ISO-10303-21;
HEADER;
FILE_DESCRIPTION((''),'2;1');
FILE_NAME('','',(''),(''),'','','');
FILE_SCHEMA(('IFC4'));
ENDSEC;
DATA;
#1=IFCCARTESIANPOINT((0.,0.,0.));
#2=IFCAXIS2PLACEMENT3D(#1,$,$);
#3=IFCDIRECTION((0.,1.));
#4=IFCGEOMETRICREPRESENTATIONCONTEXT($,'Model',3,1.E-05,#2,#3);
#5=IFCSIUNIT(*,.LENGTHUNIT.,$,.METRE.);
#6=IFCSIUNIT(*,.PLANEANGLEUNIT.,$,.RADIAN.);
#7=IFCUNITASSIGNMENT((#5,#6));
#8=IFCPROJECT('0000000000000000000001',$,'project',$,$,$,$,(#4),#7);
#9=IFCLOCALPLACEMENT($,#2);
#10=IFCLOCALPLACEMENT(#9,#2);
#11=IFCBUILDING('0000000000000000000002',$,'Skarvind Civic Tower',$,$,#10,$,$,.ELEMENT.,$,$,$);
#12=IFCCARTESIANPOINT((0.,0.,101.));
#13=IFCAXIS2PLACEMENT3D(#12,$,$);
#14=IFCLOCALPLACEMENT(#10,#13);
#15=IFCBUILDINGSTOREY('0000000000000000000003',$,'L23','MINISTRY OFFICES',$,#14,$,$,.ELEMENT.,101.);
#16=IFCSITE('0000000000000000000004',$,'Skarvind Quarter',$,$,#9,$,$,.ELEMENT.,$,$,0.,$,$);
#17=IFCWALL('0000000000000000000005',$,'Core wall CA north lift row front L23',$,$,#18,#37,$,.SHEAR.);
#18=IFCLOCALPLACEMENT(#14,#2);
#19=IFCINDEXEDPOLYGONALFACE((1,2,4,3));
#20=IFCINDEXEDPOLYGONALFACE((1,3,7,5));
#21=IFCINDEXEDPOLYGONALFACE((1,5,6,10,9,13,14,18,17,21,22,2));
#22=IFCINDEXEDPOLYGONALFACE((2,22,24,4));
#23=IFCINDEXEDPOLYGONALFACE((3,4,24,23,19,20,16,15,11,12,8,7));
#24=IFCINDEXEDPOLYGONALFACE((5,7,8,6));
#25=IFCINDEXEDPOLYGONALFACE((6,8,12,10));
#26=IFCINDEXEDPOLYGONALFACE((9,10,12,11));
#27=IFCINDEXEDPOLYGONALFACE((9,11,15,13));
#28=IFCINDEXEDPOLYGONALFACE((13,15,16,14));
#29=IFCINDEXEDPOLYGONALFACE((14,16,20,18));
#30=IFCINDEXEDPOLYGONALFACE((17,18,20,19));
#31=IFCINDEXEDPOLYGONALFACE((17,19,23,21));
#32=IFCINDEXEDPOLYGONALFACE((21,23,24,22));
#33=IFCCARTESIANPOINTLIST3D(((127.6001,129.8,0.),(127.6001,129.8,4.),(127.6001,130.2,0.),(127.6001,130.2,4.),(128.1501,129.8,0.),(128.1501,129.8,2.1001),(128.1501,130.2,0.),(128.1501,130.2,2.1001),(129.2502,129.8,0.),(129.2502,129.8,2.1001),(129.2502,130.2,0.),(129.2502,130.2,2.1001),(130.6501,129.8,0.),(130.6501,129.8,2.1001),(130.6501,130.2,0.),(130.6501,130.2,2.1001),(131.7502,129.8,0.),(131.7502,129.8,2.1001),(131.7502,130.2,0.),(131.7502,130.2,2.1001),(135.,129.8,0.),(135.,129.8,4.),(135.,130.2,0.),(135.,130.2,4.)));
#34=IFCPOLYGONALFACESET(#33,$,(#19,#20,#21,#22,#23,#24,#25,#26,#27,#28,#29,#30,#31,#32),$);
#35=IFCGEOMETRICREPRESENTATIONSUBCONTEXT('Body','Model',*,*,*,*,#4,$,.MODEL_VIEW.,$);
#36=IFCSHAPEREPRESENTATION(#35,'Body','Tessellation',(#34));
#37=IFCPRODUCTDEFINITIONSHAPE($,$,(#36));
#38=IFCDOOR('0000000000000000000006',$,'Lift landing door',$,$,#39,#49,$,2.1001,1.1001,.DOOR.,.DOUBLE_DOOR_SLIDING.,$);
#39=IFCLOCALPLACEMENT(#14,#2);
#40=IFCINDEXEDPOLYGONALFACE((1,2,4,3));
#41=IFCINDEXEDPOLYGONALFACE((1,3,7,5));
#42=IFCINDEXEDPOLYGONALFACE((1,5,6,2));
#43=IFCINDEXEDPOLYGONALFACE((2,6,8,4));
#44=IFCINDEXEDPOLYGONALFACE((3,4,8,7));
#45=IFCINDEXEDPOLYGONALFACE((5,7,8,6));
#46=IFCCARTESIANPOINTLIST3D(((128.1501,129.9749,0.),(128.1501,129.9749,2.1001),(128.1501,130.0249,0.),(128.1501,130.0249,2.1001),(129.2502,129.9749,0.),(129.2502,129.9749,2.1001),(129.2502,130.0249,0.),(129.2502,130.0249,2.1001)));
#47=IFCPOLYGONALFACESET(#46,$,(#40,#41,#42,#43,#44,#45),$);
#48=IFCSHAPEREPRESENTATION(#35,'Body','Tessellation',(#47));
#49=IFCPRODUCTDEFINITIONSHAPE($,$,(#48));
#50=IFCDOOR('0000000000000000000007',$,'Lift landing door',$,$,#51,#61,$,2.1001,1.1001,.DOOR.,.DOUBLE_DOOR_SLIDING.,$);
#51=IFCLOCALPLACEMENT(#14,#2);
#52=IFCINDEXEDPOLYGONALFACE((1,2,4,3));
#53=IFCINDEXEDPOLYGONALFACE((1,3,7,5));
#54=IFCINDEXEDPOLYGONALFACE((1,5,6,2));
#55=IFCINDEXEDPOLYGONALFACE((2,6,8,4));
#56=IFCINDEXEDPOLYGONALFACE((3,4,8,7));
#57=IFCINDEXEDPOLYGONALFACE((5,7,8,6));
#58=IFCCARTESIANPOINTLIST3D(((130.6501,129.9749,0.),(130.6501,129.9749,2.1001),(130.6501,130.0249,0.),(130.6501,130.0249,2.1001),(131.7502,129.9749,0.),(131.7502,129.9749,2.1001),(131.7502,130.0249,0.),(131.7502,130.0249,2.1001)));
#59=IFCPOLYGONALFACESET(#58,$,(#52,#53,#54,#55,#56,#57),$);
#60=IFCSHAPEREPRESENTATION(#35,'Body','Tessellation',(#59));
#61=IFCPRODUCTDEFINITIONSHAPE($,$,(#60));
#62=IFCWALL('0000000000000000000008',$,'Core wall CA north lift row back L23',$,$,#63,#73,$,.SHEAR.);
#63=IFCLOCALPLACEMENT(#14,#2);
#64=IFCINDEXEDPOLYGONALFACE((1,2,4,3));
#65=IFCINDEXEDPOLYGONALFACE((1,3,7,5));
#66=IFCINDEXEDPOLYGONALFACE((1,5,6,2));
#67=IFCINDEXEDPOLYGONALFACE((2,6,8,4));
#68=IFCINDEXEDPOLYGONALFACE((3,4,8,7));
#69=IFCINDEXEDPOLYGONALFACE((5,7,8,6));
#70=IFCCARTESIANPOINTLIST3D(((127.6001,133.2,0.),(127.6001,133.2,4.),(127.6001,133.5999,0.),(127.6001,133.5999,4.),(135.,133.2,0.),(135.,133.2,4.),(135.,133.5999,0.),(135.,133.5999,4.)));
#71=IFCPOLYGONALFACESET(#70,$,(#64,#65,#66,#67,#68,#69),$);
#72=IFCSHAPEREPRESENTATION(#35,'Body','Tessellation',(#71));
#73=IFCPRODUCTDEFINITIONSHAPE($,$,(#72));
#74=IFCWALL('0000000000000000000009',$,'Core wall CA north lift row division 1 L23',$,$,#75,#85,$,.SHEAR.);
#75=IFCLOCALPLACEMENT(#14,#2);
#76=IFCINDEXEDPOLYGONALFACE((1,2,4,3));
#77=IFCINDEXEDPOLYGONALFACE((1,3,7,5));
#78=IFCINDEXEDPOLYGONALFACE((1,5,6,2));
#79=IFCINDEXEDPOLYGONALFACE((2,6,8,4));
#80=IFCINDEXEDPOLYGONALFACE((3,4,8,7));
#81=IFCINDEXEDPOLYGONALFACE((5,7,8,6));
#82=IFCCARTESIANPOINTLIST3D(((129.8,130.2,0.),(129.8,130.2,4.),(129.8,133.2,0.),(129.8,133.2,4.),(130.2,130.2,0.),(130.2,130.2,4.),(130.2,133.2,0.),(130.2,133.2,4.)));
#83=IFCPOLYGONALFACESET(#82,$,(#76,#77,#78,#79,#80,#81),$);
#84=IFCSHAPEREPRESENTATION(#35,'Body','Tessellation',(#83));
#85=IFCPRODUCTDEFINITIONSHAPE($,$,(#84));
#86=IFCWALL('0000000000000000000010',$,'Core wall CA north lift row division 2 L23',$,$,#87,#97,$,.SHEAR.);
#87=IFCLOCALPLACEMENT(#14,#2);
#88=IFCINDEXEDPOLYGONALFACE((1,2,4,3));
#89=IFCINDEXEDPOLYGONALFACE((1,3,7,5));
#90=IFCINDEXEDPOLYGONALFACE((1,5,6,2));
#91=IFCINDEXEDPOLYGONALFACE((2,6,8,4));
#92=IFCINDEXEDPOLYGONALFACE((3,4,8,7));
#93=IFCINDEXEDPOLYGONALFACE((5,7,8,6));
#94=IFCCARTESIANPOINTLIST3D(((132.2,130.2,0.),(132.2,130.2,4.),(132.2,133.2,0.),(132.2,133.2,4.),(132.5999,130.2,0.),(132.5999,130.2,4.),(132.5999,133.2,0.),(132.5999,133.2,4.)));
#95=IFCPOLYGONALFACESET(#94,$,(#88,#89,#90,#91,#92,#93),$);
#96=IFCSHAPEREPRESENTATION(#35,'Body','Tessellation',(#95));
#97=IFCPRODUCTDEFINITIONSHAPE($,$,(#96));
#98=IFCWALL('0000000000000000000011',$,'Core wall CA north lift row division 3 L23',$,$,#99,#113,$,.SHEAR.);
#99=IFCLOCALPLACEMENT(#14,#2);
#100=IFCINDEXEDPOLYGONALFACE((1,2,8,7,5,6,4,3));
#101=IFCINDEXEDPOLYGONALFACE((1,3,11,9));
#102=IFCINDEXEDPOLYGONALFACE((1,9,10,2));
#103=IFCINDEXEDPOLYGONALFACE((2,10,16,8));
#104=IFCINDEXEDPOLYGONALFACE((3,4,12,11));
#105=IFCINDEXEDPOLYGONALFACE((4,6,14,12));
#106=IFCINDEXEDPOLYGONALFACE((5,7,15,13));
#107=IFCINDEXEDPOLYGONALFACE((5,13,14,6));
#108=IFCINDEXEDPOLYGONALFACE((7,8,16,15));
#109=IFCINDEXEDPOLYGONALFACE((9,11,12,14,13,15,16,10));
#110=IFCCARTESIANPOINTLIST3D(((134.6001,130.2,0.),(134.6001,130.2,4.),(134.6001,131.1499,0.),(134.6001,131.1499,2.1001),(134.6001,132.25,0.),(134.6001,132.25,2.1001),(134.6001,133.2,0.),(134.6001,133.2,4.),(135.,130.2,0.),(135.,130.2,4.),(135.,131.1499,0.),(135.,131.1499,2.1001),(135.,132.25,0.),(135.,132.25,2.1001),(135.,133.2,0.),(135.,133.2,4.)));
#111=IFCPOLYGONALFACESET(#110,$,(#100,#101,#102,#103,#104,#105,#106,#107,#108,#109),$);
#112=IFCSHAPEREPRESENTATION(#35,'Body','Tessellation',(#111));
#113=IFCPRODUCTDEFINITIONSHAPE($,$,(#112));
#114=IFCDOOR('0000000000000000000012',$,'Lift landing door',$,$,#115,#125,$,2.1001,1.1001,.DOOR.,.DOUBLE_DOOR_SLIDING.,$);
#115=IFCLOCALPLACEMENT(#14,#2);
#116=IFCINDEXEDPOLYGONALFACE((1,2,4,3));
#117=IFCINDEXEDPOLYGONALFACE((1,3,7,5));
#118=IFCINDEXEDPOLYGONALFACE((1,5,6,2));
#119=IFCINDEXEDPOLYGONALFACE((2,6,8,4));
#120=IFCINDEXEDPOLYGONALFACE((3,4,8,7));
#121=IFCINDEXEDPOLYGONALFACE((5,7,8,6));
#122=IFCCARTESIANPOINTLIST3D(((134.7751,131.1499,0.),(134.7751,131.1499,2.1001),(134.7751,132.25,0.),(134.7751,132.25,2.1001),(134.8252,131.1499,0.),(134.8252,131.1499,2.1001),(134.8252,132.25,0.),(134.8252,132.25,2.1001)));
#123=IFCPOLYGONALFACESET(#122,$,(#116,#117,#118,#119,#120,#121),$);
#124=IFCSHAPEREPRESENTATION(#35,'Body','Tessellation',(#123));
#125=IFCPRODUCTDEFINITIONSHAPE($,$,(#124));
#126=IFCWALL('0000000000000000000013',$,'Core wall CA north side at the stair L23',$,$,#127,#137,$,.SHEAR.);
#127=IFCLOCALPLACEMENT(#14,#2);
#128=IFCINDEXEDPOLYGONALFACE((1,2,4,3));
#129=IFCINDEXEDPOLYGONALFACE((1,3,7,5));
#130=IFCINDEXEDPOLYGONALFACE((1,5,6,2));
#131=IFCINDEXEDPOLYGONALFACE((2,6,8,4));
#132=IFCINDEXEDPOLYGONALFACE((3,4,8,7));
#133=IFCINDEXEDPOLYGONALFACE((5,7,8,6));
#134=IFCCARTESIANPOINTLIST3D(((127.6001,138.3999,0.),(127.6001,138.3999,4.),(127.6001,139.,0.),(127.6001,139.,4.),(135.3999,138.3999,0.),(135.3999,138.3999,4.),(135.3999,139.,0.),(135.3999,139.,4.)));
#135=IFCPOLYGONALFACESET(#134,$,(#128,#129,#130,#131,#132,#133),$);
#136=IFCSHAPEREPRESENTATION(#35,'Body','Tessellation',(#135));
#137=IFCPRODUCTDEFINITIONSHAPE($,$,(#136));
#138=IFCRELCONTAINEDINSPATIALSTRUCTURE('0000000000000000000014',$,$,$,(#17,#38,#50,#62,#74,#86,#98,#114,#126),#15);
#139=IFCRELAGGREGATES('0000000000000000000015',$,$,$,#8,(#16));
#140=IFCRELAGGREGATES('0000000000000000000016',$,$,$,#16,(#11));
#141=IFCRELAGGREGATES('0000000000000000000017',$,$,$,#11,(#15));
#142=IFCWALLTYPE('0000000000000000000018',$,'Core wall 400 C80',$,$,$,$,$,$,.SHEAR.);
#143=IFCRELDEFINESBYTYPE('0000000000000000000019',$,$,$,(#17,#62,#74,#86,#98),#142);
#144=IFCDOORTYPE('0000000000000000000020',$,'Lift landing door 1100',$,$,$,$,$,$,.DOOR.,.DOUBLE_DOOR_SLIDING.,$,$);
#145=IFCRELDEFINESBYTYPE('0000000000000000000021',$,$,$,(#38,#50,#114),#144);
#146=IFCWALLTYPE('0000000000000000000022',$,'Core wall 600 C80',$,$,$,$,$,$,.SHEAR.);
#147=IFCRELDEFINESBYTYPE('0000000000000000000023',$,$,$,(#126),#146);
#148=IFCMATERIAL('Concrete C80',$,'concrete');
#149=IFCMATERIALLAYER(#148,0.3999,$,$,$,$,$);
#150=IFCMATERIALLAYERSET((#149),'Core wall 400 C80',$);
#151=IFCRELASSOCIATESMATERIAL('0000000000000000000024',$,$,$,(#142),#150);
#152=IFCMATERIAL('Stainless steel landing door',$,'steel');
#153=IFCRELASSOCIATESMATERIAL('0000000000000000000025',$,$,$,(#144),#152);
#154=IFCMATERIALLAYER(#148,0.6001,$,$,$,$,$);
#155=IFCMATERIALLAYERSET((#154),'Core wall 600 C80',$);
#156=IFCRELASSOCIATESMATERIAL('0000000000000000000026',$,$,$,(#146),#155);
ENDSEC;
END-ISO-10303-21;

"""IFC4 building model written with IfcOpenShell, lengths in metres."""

from ifc_helpers import new_model, si_unit, direction, frame, frame_2d, origin, place, context, subcontext, project, spatial, rectangle, extrude, material, layer, layer_set, type_object, element, fill, save


model = new_model("IFC4")

# Units and contexts
model_context = context("Model", 3, precision=1e-05, world=origin(), true_north=direction((0.0, 1.0)))
body_context = subcontext(model_context, "Body", "Model", "MODEL_VIEW")
ifc_project = project(units=[si_unit("LENGTHUNIT", "METRE"), si_unit("PLANEANGLEUNIT", "RADIAN")], contexts=[model_context])

# Site, building, storey
site_placement = place(None, origin())
site = spatial("IfcSite", under=ifc_project, at=site_placement, Name="Skarvind Quarter", CompositionType="ELEMENT", RefElevation=0.0)
building_placement = place(site_placement, origin())
building = spatial("IfcBuilding", under=site, at=building_placement, Name="Skarvind Civic Tower", CompositionType="ELEMENT")
storey_placement = place(building_placement, frame((0.0, 0.0, 101.0)))
storey = spatial("IfcBuildingStorey", under=building, at=storey_placement, Name="L23", Description="MINISTRY OFFICES", CompositionType="ELEMENT", Elevation=101.0)

# Shared definitions
ifc_material_1 = material(Name="Concrete C80", Category="concrete")
ifc_layer_1 = layer(ifc_material_1, 0.3999)
ifc_layer_set_1 = layer_set([ifc_layer_1], Name="Core wall 400 C80")
wall_type_1 = type_object("IfcWallType", Name="Core wall 400 C80", PredefinedType="SHEAR", material=ifc_layer_set_1)

# Wall, openings, doors
ifc_material_2 = material(Name="Stainless steel landing door", Category="steel")
door_type_1 = type_object("IfcDoorType", Name="Lift landing door 1100", OperationType="DOUBLE_DOOR_SLIDING", PredefinedType="DOOR", material=ifc_material_2)
wall_1_placement = place(storey_placement, frame((127.6001, 130.0, 0.0), z_axis=(0.0, 0.0, 1.0), x_axis=(1.0, 0.0, 0.0)))
wall_1 = element("IfcWall", 1, at=wall_1_placement, inside=storey, type_object=wall_type_1, Name="Core wall CA north lift row front L23", PredefinedType="SHEAR", context=body_context, shape_type="SweptSolid", body=[
    extrude(rectangle(XDim=7.3999, YDim=0.3999, at=frame_2d((3.7, 0.0))), origin(), (0.0, 0.0, 1.0), 4.0),
])
opening_1_placement = place(wall_1_placement, frame((0.55, 0.0, 0.0)))
opening_1 = element("IfcOpeningElement", 2, at=opening_1_placement, cuts=wall_1, PredefinedType="OPENING", context=body_context, shape_type="SweptSolid", body=[
    extrude(rectangle(XDim=1.1001, YDim=2.1001, at=frame_2d((0.55, 1.05))), frame((0.0, 0.21, 0.0), z_axis=(0.0, -1.0, 0.0), x_axis=(1.0, 0.0, 0.0)), (0.0, 0.0, 1.0), 0.4199),
])
opening_2_placement = place(wall_1_placement, frame((3.05, 0.0, 0.0)))
opening_2 = element("IfcOpeningElement", 3, at=opening_2_placement, cuts=wall_1, PredefinedType="OPENING", context=body_context, shape_type="SweptSolid", body=[
    extrude(rectangle(XDim=1.1001, YDim=2.1001, at=frame_2d((0.55, 1.05))), frame((0.0, 0.21, 0.0), z_axis=(0.0, -1.0, 0.0), x_axis=(1.0, 0.0, 0.0)), (0.0, 0.0, 1.0), 0.4199),
])
door_1_placement = place(opening_1_placement, origin())
door_1 = element("IfcDoor", 4, at=door_1_placement, inside=storey, type_object=door_type_1, Name="Lift landing door", OperationType="DOUBLE_DOOR_SLIDING", OverallHeight=2.1001, OverallWidth=1.1001, PredefinedType="DOOR", context=body_context, shape_type="SweptSolid", body=[
    extrude(rectangle(XDim=1.1001, YDim=2.1001, at=frame_2d((0.55, 1.05))), frame((0.0, 0.0249, 0.0), z_axis=(0.0, -1.0, 0.0), x_axis=(1.0, 0.0, 0.0)), (0.0, 0.0, 1.0), 0.05),
])
fill(opening_1, door_1)
door_2_placement = place(opening_2_placement, origin())
door_2 = element("IfcDoor", 5, at=door_2_placement, inside=storey, type_object=door_type_1, Name="Lift landing door", OperationType="DOUBLE_DOOR_SLIDING", OverallHeight=2.1001, OverallWidth=1.1001, PredefinedType="DOOR", context=body_context, shape_type="SweptSolid", body=[
    extrude(rectangle(XDim=1.1001, YDim=2.1001, at=frame_2d((0.55, 1.05))), frame((0.0, 0.0249, 0.0), z_axis=(0.0, -1.0, 0.0), x_axis=(1.0, 0.0, 0.0)), (0.0, 0.0, 1.0), 0.05),
])
fill(opening_2, door_2)

# Walls
wall_2_placement = place(storey_placement, frame((127.6001, 133.3999, 0.0), z_axis=(0.0, 0.0, 1.0), x_axis=(1.0, 0.0, 0.0)))
element("IfcWall", 6, at=wall_2_placement, inside=storey, type_object=wall_type_1, Name="Core wall CA north lift row back L23", PredefinedType="SHEAR", context=body_context, shape_type="SweptSolid", body=[
    extrude(rectangle(XDim=7.3999, YDim=0.3999, at=frame_2d((3.7, 0.0))), origin(), (0.0, 0.0, 1.0), 4.0),
])
for number, where, z_axis, x_axis, name in (
    (7, (130.0, 130.2, 0.0), (0.0, 0.0, 1.0), (0.0, 1.0, 0.0), "Core wall CA north lift row division 1 L23"),
    (8, (132.3999, 130.2, 0.0), (0.0, 0.0, 1.0), (0.0, 1.0, 0.0), "Core wall CA north lift row division 2 L23"),
):
    element("IfcWall", number, at=place(storey_placement, frame(where, z_axis=z_axis, x_axis=x_axis)), inside=storey, type_object=wall_type_1, Name=name, PredefinedType="SHEAR", context=body_context, shape_type="SweptSolid", body=[
        extrude(rectangle(XDim=3.0, YDim=0.3999, at=frame_2d((1.5, 0.0))), origin(), (0.0, 0.0, 1.0), 4.0),
    ])

# Wall, opening, door
wall_3_placement = place(storey_placement, frame((134.8, 130.2, 0.0), z_axis=(0.0, 0.0, 1.0), x_axis=(0.0, 1.0, 0.0)))
wall_3 = element("IfcWall", 9, at=wall_3_placement, inside=storey, type_object=wall_type_1, Name="Core wall CA north lift row division 3 L23", PredefinedType="SHEAR", context=body_context, shape_type="SweptSolid", body=[
    extrude(rectangle(XDim=3.0, YDim=0.3999, at=frame_2d((1.5, 0.0))), origin(), (0.0, 0.0, 1.0), 4.0),
])
opening_3_placement = place(wall_3_placement, frame((0.95, 0.0, 0.0)))
opening_3 = element("IfcOpeningElement", 10, at=opening_3_placement, cuts=wall_3, PredefinedType="OPENING", context=body_context, shape_type="SweptSolid", body=[
    extrude(rectangle(XDim=1.1001, YDim=2.1001, at=frame_2d((0.55, 1.05))), frame((0.0, 0.21, 0.0), z_axis=(0.0, -1.0, 0.0), x_axis=(1.0, 0.0, 0.0)), (0.0, 0.0, 1.0), 0.4199),
])
door_3_placement = place(opening_3_placement, origin())
door_3 = element("IfcDoor", 11, at=door_3_placement, inside=storey, type_object=door_type_1, Name="Lift landing door", OperationType="DOUBLE_DOOR_SLIDING", OverallHeight=2.1001, OverallWidth=1.1001, PredefinedType="DOOR", context=body_context, shape_type="SweptSolid", body=[
    extrude(rectangle(XDim=1.1001, YDim=2.1001, at=frame_2d((0.55, 1.05))), frame((0.0, 0.0249, 0.0), z_axis=(0.0, -1.0, 0.0), x_axis=(1.0, 0.0, 0.0)), (0.0, 0.0, 1.0), 0.05),
])
fill(opening_3, door_3)

# Wall
ifc_layer_2 = layer(ifc_material_1, 0.6001)
ifc_layer_set_2 = layer_set([ifc_layer_2], Name="Core wall 600 C80")
wall_type_2 = type_object("IfcWallType", Name="Core wall 600 C80", PredefinedType="SHEAR", material=ifc_layer_set_2)
wall_4_placement = place(storey_placement, frame((127.6001, 138.7, 0.0), z_axis=(0.0, 0.0, 1.0), x_axis=(1.0, 0.0, 0.0)))
element("IfcWall", 12, at=wall_4_placement, inside=storey, type_object=wall_type_2, Name="Core wall CA north side at the stair L23", PredefinedType="SHEAR", context=body_context, shape_type="SweptSolid", body=[
    extrude(rectangle(XDim=7.7998, YDim=0.6001, at=frame_2d((3.8999, 0.0))), origin(), (0.0, 0.0, 1.0), 4.0),
])

save(model, "model.ifc")
